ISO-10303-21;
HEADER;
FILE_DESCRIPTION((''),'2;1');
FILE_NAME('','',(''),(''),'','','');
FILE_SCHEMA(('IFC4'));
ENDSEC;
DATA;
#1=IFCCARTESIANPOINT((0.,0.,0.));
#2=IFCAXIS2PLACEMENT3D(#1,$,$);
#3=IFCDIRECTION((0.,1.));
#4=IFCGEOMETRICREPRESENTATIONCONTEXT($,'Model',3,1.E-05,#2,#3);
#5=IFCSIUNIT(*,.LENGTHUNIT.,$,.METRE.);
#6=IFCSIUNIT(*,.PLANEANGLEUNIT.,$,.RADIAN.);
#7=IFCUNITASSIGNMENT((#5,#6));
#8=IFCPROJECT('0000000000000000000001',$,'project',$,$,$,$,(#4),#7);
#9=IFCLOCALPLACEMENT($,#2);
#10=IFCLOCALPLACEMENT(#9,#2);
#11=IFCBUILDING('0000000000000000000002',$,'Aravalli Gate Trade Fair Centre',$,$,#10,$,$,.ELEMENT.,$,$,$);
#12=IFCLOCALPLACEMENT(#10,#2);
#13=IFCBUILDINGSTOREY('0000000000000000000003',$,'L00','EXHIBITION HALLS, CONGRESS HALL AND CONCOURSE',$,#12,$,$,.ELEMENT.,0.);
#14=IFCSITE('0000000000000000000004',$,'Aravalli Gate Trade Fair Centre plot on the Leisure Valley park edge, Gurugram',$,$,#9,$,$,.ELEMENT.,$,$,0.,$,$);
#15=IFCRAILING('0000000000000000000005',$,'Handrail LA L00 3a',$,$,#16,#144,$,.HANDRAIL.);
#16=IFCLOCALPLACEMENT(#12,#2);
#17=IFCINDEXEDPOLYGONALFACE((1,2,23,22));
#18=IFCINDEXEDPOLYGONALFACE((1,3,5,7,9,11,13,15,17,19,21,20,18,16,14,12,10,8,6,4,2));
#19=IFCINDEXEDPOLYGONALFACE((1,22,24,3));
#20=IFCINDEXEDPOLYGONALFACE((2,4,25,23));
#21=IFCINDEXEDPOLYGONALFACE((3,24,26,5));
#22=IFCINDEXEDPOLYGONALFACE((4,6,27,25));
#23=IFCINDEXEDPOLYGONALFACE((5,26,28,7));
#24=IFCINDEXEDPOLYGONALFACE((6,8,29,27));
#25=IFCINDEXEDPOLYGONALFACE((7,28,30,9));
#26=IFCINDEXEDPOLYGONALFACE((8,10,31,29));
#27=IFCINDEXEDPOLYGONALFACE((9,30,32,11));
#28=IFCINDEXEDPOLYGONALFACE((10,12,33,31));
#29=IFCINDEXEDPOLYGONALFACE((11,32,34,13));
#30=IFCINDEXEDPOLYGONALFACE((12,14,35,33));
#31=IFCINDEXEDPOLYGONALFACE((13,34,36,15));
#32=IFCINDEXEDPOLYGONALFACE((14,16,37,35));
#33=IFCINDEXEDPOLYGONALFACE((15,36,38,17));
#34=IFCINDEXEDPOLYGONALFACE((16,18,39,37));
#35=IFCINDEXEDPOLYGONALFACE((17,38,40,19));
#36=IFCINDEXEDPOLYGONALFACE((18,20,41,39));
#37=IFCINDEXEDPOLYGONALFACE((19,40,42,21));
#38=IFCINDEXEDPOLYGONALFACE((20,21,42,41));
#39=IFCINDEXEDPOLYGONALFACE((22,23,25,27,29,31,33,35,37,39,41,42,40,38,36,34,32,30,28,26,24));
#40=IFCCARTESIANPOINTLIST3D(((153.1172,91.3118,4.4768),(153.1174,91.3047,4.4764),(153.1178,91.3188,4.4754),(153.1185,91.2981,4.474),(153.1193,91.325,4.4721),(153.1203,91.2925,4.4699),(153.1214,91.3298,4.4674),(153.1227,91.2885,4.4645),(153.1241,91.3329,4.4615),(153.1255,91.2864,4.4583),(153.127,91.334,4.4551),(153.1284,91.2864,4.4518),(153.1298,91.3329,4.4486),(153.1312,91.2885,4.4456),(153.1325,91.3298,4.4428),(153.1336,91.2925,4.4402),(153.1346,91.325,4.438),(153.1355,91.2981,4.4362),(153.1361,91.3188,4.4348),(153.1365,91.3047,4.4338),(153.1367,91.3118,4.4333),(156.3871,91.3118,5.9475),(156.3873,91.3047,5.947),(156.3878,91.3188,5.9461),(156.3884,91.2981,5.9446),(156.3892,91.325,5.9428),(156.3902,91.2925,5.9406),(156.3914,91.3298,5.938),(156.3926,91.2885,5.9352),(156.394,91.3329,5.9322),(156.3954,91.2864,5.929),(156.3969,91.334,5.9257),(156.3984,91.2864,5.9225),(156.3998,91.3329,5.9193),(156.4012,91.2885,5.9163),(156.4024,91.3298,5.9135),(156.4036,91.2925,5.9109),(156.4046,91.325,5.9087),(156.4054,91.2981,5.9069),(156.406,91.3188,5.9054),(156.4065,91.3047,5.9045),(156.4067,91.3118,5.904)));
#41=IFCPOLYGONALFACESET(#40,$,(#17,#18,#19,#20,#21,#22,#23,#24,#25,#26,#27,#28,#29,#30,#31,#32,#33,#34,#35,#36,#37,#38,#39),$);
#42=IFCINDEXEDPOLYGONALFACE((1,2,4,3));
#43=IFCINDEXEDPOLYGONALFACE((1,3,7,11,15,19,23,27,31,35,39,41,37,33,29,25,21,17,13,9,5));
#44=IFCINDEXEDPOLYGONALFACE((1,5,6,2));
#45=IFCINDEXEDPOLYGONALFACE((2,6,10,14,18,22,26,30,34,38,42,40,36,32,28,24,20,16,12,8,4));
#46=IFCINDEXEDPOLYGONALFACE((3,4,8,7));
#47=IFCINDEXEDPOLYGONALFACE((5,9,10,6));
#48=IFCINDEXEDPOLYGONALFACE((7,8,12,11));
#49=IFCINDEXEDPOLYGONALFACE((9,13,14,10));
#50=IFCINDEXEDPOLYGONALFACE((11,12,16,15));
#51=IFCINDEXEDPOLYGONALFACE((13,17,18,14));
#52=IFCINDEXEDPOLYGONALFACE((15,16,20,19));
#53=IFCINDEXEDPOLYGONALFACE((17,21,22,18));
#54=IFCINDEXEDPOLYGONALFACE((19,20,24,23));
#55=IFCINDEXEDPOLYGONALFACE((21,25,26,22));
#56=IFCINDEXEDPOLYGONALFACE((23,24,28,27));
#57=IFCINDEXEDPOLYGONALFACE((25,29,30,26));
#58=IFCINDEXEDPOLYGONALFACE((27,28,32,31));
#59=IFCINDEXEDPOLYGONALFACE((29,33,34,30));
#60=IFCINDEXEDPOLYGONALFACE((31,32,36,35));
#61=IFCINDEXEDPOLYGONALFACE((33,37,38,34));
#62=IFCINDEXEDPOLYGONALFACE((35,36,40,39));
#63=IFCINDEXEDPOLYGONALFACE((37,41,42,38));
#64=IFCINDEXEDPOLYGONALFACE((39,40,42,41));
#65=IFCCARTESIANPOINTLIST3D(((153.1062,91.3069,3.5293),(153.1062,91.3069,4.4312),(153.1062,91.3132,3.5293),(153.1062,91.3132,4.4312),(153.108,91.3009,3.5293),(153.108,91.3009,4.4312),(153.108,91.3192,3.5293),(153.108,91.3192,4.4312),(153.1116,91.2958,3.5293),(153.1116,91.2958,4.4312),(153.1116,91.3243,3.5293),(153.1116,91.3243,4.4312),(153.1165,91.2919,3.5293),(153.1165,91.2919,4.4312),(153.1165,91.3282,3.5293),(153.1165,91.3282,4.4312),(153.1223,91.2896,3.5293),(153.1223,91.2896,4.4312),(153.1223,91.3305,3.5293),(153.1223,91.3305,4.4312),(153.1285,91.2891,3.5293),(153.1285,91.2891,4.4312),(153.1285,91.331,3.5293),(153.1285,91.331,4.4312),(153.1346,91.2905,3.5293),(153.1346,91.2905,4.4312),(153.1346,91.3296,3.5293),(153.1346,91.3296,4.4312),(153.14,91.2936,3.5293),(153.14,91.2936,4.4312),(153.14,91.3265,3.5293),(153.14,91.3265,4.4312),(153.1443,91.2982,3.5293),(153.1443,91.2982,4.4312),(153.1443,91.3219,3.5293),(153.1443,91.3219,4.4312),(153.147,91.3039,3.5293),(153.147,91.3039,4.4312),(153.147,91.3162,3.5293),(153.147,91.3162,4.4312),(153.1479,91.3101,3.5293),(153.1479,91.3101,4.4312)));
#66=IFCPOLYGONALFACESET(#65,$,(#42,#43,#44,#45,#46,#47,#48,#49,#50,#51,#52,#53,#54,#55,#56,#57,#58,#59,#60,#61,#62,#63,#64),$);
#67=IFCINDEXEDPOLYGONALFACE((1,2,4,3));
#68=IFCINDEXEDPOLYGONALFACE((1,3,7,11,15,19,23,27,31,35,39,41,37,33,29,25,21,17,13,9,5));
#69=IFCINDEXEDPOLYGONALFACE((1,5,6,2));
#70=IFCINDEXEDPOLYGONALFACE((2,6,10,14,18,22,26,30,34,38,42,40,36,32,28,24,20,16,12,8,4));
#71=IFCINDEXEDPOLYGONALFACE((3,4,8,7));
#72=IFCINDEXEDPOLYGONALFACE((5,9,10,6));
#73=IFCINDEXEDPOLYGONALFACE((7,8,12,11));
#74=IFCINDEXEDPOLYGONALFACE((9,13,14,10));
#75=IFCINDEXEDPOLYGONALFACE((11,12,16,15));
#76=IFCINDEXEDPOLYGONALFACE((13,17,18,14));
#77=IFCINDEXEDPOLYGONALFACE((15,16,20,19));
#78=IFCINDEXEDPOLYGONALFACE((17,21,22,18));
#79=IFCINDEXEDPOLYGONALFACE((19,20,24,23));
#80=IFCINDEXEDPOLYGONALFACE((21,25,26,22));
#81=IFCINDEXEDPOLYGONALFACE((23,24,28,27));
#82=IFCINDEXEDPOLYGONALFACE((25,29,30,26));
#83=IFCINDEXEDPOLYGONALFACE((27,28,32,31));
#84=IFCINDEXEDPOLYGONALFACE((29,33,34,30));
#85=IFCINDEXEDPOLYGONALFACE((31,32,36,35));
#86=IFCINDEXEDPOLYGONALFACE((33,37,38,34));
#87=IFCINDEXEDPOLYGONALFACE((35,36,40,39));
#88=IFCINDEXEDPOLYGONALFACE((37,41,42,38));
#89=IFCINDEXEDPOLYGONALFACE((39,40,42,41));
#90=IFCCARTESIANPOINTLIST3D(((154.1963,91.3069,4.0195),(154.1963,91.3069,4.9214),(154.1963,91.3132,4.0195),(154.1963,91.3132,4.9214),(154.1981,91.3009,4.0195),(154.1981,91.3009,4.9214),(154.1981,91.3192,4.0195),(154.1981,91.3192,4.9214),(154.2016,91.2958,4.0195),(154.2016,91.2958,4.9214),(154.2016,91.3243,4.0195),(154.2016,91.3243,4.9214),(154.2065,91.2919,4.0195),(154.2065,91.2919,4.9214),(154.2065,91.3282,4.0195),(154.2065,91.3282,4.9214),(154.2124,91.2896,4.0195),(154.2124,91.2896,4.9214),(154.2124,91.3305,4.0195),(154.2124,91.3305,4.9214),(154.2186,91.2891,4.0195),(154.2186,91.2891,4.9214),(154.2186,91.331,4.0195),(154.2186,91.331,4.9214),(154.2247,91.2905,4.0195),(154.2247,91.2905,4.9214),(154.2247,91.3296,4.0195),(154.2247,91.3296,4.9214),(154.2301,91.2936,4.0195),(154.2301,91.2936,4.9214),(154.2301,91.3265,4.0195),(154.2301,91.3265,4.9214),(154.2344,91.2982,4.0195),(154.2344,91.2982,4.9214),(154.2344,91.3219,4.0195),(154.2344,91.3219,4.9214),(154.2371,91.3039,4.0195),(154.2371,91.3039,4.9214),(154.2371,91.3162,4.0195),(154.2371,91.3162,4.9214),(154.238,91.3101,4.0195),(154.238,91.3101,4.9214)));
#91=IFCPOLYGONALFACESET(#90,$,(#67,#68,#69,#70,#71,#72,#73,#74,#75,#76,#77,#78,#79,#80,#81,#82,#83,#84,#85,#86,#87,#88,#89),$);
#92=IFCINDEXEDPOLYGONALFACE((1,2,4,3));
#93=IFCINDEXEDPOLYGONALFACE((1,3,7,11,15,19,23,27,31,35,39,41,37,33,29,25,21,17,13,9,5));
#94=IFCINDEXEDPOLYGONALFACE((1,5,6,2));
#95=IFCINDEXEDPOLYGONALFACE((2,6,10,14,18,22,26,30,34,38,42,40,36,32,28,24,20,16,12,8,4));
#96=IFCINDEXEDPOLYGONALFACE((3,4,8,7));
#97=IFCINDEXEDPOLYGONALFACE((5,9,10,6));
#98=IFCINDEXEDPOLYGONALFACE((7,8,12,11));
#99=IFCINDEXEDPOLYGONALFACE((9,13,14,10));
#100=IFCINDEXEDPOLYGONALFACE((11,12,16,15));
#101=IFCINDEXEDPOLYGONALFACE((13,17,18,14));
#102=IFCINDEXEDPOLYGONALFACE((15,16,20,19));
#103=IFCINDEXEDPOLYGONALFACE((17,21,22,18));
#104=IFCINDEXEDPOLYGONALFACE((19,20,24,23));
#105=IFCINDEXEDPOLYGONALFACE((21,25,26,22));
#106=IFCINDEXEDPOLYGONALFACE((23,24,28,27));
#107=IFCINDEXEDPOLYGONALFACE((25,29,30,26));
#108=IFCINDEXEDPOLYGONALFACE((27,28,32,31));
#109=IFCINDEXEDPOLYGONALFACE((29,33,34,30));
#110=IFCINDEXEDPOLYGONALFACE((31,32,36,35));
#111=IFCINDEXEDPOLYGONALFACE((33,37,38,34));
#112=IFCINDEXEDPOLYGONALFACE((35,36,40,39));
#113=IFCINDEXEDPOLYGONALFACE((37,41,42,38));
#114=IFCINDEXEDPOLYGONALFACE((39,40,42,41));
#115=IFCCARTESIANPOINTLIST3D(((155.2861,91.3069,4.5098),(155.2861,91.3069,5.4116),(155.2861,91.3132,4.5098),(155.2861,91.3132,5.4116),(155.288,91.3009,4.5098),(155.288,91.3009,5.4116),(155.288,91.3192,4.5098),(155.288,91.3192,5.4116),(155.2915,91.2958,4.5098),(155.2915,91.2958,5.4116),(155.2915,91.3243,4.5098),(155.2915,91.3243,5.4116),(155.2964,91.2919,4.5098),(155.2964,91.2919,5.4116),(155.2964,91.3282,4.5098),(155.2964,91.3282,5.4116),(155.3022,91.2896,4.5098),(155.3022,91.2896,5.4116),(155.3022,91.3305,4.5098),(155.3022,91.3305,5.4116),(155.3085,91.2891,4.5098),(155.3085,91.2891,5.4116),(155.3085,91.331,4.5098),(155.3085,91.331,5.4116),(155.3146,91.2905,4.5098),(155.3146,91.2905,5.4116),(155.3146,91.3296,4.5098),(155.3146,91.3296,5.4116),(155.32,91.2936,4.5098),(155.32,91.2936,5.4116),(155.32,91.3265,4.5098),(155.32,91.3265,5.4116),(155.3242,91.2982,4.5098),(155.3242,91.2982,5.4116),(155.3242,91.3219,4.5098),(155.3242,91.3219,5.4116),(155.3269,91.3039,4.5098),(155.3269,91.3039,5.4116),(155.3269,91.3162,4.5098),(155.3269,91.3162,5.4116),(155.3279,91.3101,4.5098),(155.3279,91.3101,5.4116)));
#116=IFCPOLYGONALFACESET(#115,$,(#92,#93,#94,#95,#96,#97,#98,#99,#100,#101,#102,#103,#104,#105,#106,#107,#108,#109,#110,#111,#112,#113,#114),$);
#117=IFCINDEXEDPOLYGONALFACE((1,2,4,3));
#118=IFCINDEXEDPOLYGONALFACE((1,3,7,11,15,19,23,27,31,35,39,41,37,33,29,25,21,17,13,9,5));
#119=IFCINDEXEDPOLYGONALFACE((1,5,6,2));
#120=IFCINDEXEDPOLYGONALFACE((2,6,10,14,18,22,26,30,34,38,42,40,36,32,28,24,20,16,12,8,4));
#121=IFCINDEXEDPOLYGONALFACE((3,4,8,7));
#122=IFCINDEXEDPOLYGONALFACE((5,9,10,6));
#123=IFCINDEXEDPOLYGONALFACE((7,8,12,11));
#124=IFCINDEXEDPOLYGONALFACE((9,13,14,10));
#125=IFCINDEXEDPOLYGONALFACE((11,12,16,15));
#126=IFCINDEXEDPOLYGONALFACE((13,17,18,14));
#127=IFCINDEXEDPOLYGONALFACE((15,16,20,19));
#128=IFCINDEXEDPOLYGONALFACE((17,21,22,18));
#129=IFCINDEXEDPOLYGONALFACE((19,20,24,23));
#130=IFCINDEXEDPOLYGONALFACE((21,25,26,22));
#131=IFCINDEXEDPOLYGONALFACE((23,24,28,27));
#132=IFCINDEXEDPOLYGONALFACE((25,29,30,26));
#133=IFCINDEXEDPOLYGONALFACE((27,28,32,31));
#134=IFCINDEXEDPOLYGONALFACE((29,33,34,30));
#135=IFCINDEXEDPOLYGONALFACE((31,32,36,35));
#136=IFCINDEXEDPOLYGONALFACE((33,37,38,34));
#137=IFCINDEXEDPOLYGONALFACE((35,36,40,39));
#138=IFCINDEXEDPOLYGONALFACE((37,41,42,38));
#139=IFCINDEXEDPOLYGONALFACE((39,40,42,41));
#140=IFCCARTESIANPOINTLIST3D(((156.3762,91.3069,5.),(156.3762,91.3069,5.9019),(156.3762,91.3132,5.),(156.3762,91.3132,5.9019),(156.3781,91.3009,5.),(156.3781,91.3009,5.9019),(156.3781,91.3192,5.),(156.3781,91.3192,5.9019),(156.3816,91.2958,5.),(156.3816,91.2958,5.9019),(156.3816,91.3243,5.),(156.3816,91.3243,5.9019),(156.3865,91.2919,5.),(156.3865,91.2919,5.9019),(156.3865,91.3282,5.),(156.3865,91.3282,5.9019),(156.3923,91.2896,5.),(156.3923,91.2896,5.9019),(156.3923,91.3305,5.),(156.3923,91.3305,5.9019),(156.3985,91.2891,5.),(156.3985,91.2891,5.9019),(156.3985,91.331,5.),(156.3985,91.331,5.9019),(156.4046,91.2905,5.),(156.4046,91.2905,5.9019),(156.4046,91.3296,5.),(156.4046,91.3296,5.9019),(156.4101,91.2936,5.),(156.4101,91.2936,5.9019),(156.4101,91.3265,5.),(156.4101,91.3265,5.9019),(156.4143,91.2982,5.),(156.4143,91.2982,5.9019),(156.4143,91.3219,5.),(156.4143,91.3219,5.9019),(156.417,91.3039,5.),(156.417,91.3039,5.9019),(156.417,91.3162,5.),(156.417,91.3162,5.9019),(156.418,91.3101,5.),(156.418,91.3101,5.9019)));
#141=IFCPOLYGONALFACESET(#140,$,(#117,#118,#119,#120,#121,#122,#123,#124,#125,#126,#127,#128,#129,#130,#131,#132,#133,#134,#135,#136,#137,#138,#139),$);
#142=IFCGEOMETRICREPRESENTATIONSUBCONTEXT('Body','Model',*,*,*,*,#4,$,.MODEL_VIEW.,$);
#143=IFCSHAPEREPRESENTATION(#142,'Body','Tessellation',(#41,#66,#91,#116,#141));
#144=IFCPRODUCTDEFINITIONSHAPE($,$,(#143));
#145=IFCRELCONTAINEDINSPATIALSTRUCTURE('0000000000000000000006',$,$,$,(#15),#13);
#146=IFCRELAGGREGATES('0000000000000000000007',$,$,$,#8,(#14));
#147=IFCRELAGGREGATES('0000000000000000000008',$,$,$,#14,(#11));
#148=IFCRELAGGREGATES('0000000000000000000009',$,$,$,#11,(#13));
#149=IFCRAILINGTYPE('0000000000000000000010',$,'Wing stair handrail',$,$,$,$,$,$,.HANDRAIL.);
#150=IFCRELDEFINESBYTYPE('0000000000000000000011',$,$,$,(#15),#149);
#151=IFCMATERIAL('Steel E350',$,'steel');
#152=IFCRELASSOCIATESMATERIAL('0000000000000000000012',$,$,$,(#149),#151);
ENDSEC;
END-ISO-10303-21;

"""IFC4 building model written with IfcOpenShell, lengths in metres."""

from ifc_helpers import new_model, si_unit, direction, frame, origin, origin_2d, place, context, subcontext, project, spatial, circle, extrude, material, type_object, element, save


model = new_model("IFC4")

# Units and contexts
model_context = context("Model", 3, precision=1e-05, world=origin(), true_north=direction((0.0, 1.0)))
body_context = subcontext(model_context, "Body", "Model", "MODEL_VIEW")
ifc_project = project(units=[si_unit("LENGTHUNIT", "METRE"), si_unit("PLANEANGLEUNIT", "RADIAN")], contexts=[model_context])

# Site, building, storey
site_placement = place(None, origin())
site = spatial("IfcSite", under=ifc_project, at=site_placement, Name="Aravalli Gate Trade Fair Centre plot on the Leisure Valley park edge, Gurugram", CompositionType="ELEMENT", RefElevation=0.0)
building_placement = place(site_placement, origin())
building = spatial("IfcBuilding", under=site, at=building_placement, Name="Aravalli Gate Trade Fair Centre", CompositionType="ELEMENT")
storey_placement = place(building_placement, origin())
storey = spatial("IfcBuildingStorey", under=building, at=storey_placement, Name="L00", Description="EXHIBITION HALLS, CONGRESS HALL AND CONCOURSE", CompositionType="ELEMENT", Elevation=0.0)

# Railing
ifc_material_1 = material(Name="Steel E350", Category="steel")
railing_type_1 = type_object("IfcRailingType", Name="Wing stair handrail", PredefinedType="HANDRAIL", material=ifc_material_1)
for number, where, name in (
    (1, (153.127, 91.3101, 3.5293), "Handrail LA L00 3a"),
):
    element("IfcRailing", number, at=place(storey_placement, frame(where)), inside=storey, type_object=railing_type_1, Name=name, PredefinedType="HANDRAIL", context=body_context, shape_type="SweptSolid", body=[
        extrude(circle(Radius=0.0239, at=origin_2d()), frame((0.0, 0.0, 0.9258), z_axis=(0.912006, 0.0, 0.410178), x_axis=(0.0, 1.0, 0.0)), (0.0, 0.0, 1.0), 3.5854),
        extrude(circle(Radius=0.021, at=origin_2d()), origin(), (0.0, 0.0, 1.0), 0.9019),
        extrude(circle(Radius=0.021, at=origin_2d()), frame((1.0901, 0.0, 0.4902)), (0.0, 0.0, 1.0), 0.9019),
        extrude(circle(Radius=0.021, at=origin_2d()), frame((2.1799, 0.0, 0.9805)), (0.0, 0.0, 1.0), 0.9019),
        extrude(circle(Radius=0.021, at=origin_2d()), frame((3.27, 0.0, 1.4707)), (0.0, 0.0, 1.0), 0.9019),
    ])

save(model, "model.ifc")
